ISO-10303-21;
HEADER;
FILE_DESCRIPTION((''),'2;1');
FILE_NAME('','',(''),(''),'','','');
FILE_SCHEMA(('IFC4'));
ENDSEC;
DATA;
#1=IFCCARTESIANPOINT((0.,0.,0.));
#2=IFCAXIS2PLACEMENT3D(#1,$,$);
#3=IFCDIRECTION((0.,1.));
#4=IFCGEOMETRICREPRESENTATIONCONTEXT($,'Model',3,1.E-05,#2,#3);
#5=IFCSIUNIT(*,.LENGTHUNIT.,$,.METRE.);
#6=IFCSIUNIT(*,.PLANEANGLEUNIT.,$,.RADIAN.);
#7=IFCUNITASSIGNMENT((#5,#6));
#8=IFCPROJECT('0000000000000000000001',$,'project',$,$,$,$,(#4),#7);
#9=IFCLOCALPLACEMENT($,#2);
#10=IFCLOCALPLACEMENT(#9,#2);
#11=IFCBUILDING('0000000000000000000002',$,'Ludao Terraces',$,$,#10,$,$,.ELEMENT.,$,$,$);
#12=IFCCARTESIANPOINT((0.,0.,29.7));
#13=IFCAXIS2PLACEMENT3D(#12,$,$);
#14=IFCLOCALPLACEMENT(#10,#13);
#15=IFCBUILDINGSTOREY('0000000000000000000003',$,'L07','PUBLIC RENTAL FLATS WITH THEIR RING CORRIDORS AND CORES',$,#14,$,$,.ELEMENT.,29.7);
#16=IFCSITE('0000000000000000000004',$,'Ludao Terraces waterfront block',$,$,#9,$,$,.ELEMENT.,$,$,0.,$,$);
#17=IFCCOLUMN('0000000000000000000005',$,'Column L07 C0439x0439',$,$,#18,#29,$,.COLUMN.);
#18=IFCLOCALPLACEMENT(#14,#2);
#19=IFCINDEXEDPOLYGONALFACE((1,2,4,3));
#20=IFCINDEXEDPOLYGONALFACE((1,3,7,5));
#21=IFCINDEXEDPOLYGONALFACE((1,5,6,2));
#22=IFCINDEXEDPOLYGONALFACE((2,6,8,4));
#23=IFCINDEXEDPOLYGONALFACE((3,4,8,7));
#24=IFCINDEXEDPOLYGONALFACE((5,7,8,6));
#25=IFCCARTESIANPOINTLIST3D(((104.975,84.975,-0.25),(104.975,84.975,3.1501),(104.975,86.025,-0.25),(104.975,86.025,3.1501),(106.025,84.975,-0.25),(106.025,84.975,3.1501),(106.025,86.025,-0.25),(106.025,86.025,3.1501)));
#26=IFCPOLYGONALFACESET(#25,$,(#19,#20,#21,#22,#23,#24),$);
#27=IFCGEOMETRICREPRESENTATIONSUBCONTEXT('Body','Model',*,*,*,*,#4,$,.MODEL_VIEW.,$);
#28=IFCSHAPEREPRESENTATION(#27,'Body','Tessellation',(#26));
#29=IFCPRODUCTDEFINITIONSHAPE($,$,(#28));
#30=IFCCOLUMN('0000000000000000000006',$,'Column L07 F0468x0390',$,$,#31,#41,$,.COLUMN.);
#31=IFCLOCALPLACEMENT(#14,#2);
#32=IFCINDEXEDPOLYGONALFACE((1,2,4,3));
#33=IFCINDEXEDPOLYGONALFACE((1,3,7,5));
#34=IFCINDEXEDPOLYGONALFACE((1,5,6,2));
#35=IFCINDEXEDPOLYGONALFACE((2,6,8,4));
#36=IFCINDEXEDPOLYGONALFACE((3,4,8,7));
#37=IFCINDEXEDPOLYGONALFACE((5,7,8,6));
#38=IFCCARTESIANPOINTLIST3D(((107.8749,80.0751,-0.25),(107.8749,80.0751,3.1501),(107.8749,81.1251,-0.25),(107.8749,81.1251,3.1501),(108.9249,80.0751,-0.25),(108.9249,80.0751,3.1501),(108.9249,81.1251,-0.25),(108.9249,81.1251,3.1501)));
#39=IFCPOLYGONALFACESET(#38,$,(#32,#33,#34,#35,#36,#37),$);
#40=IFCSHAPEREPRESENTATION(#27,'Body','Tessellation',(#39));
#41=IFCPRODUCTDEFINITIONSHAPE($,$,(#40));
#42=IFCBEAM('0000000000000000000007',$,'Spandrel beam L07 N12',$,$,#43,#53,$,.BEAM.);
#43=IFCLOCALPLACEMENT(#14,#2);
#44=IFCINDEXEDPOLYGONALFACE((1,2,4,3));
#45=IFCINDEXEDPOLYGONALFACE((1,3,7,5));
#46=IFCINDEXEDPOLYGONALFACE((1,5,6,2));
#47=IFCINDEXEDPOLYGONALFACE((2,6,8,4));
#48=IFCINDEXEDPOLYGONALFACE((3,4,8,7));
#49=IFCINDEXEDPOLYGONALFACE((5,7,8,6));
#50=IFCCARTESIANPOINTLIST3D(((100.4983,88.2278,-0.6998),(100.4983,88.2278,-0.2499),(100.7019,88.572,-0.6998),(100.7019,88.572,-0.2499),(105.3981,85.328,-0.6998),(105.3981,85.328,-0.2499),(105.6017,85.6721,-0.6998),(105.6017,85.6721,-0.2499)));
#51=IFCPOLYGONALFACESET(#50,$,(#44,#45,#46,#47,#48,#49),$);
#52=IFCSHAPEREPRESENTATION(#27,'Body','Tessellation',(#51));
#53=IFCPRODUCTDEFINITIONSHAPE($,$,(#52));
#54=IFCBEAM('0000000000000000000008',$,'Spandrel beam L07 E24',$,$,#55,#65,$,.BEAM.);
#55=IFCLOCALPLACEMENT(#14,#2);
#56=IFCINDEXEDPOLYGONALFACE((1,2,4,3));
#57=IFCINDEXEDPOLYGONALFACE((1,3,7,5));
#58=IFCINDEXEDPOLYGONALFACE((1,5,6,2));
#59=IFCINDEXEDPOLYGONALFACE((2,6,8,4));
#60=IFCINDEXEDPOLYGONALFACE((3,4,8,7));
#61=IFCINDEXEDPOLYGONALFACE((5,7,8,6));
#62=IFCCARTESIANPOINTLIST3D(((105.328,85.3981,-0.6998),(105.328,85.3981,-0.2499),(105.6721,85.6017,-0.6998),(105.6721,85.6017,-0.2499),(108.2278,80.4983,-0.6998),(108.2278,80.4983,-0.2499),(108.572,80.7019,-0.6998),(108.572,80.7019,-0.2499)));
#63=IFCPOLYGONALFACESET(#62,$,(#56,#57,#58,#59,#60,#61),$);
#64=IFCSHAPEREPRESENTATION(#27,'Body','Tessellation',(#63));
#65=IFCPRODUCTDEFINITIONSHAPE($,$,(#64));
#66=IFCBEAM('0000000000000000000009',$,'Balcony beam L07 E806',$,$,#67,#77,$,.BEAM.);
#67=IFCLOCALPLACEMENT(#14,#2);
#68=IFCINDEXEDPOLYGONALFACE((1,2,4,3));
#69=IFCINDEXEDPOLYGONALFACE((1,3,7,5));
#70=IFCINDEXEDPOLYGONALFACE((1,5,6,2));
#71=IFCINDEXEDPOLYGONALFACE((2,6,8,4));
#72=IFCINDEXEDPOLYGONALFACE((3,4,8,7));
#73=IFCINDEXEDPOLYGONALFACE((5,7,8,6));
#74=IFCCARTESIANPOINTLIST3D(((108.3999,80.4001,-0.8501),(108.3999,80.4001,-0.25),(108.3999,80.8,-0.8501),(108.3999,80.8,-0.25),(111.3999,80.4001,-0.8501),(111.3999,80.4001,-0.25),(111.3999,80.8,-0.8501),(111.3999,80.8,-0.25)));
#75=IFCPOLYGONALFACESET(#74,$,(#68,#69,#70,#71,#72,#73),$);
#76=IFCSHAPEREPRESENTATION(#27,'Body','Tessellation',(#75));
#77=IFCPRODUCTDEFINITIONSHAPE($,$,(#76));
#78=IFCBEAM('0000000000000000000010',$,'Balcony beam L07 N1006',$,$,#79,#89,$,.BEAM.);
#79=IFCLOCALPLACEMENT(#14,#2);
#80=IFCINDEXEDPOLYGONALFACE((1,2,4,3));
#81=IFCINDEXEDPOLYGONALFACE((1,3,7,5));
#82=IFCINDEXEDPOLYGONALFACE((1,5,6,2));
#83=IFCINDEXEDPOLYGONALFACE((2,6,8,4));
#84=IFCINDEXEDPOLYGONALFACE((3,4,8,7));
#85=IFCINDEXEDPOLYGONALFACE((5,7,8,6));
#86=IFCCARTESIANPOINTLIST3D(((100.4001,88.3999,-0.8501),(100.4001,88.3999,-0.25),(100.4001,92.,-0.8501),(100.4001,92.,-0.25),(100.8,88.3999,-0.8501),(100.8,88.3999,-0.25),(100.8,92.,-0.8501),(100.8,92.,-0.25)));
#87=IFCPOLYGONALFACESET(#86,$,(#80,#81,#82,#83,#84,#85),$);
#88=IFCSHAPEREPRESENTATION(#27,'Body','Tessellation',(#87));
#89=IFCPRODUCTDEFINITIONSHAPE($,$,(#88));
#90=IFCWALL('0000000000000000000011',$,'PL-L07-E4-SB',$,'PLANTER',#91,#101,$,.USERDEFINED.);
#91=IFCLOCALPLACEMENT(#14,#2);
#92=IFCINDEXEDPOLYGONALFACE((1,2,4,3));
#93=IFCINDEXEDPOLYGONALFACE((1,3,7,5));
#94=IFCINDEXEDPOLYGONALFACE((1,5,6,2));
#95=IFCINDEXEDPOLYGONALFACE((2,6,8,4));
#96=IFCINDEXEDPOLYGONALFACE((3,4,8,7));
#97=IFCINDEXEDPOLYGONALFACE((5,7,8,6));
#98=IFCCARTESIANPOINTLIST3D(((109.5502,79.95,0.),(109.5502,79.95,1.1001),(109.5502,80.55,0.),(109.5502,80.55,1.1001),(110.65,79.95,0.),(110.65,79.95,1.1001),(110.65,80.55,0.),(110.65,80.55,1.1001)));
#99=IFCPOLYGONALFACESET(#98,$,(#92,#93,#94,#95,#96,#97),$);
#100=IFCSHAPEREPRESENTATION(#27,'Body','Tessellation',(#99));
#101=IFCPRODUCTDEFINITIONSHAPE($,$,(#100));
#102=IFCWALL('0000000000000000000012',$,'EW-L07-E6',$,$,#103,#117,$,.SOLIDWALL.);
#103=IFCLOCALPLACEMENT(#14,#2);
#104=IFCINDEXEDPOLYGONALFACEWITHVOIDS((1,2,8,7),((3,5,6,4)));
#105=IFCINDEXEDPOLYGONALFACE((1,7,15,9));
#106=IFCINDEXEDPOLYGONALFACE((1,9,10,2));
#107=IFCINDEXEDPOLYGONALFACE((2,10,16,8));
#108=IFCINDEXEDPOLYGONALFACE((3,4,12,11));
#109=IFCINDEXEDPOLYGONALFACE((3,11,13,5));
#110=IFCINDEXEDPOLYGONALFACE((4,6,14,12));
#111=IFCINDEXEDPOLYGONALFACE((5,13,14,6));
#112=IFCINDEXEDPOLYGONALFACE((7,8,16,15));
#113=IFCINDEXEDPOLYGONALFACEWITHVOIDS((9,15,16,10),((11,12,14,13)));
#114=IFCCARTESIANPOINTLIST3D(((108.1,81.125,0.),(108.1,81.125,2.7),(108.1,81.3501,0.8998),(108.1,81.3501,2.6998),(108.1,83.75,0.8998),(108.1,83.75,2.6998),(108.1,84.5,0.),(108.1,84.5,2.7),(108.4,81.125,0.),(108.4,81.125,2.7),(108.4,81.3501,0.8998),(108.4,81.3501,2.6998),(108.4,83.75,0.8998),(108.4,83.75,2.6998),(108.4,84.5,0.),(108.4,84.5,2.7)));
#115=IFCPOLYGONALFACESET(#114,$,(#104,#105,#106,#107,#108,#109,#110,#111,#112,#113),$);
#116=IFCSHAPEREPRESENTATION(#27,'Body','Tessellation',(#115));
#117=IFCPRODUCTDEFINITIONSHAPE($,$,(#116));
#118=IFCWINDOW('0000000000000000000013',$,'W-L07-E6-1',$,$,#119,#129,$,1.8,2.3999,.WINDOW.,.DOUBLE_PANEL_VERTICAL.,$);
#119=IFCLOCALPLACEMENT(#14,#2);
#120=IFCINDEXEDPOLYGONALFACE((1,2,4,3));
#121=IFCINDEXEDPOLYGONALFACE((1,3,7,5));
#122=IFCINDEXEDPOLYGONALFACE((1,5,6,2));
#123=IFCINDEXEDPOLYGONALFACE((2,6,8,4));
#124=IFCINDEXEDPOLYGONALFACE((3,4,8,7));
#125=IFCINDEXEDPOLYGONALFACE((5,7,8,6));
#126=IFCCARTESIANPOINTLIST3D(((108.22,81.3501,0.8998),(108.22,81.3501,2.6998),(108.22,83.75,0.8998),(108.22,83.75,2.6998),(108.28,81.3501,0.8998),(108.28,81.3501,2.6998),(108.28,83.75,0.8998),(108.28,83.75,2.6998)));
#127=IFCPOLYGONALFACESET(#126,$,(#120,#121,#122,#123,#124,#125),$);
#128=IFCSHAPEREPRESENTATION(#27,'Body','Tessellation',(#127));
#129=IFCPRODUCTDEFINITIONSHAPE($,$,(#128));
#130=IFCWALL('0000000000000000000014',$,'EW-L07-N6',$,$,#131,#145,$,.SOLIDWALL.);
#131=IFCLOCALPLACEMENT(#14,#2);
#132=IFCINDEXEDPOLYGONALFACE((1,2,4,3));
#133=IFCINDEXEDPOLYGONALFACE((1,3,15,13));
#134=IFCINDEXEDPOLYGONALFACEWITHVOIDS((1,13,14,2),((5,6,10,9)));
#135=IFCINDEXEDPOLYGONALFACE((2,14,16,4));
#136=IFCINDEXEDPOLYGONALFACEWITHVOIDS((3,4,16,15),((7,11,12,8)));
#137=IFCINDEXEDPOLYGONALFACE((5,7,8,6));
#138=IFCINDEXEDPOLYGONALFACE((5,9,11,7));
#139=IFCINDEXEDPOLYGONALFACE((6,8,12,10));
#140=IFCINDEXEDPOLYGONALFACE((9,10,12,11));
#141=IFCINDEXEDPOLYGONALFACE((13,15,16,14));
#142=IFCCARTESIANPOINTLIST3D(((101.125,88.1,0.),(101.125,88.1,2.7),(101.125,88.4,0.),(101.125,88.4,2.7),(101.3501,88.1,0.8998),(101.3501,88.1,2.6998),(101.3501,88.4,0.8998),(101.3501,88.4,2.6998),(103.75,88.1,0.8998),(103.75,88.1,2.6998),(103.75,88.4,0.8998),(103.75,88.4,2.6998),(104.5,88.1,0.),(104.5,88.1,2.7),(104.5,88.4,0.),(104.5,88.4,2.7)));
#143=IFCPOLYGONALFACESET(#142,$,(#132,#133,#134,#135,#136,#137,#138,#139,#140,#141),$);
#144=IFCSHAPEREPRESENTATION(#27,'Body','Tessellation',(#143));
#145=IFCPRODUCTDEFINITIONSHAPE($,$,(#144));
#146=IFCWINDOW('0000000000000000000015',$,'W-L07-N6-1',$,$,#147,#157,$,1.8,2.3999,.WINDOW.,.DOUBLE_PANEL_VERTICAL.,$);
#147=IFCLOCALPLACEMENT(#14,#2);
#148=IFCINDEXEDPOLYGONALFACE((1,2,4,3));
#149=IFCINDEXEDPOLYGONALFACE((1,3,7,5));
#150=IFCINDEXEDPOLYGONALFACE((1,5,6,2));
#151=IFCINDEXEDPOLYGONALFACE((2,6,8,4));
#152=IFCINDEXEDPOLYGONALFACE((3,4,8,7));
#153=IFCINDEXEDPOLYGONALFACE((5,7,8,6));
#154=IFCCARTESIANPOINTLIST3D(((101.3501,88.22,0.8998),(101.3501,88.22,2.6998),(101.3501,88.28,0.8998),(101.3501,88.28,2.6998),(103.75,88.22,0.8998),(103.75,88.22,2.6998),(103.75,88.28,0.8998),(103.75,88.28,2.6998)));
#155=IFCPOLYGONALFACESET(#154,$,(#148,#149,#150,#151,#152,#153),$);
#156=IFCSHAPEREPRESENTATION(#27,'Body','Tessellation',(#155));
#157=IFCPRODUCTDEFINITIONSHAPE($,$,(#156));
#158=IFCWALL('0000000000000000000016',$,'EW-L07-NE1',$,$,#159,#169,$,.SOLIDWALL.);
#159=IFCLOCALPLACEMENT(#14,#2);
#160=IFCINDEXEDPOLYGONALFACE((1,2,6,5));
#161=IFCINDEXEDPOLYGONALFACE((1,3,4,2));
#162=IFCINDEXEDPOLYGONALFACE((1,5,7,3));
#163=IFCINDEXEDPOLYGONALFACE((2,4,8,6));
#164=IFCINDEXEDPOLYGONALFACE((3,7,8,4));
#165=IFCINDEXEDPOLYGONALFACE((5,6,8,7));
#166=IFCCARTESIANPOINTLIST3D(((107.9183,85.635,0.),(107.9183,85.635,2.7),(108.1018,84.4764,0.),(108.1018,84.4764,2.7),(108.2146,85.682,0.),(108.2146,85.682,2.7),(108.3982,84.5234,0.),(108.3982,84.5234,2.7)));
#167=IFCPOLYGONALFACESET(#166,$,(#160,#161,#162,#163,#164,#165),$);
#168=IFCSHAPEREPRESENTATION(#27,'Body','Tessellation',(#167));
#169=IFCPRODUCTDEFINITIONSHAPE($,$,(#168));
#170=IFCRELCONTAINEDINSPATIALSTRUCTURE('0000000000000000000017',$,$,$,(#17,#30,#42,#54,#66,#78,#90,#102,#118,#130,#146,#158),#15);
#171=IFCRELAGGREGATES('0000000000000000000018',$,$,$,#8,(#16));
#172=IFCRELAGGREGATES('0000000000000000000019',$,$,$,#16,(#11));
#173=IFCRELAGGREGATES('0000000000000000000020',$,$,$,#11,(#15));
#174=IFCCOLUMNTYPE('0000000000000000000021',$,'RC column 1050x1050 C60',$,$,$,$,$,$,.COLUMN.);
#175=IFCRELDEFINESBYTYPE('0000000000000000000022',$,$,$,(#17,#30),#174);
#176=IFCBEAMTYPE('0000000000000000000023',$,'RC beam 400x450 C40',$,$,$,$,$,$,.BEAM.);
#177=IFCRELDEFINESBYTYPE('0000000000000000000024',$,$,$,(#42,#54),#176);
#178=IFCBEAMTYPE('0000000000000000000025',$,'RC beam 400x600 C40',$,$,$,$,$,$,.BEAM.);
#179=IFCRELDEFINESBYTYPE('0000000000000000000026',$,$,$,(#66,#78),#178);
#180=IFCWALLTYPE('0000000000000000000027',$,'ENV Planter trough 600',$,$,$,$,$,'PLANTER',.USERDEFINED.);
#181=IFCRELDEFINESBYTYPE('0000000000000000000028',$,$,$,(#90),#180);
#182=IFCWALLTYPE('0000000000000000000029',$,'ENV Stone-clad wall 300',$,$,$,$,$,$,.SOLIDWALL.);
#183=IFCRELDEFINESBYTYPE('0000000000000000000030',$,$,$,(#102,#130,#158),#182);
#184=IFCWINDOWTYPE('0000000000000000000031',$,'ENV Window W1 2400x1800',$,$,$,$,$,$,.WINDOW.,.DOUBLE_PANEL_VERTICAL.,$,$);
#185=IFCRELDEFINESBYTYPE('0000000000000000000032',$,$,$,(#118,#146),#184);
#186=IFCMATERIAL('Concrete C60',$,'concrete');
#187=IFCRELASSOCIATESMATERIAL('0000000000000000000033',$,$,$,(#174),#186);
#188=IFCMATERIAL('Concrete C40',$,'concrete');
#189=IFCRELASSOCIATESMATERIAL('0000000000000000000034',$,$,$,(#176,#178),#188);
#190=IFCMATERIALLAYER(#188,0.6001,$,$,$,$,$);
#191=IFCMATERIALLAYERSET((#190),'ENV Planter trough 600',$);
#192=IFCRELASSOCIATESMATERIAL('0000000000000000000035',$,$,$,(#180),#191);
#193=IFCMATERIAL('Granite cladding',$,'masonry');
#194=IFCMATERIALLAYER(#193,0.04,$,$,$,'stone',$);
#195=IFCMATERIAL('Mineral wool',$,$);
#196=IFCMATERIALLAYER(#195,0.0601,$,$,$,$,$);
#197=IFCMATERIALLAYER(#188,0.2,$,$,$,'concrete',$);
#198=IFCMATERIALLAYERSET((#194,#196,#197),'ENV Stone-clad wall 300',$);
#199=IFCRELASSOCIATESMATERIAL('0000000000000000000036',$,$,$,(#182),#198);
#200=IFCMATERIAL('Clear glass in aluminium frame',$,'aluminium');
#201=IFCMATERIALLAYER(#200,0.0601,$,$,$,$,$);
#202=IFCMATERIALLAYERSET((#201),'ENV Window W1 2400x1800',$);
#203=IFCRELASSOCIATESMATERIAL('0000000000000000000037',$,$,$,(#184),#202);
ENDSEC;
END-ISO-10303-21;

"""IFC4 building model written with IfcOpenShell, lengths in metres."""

from ifc_helpers import new_model, si_unit, direction, frame, frame_2d, origin, origin_2d, place, context, subcontext, project, spatial, rectangle, extrude, material, layer, layer_set, material_profile, profile_set, type_object, element, fill, save


model = new_model("IFC4")

# Units and contexts
model_context = context("Model", 3, precision=1e-05, world=origin(), true_north=direction((0.0, 1.0)))
body_context = subcontext(model_context, "Body", "Model", "MODEL_VIEW")
ifc_project = project(units=[si_unit("LENGTHUNIT", "METRE"), si_unit("PLANEANGLEUNIT", "RADIAN")], contexts=[model_context])

# Site, building, storey
site_placement = place(None, origin())
site = spatial("IfcSite", under=ifc_project, at=site_placement, Name="Ludao Terraces waterfront block", CompositionType="ELEMENT", RefElevation=0.0)
building_placement = place(site_placement, origin())
building = spatial("IfcBuilding", under=site, at=building_placement, Name="Ludao Terraces", CompositionType="ELEMENT")
storey_placement = place(building_placement, frame((0.0, 0.0, 29.7)))
storey = spatial("IfcBuildingStorey", under=building, at=storey_placement, Name="L07", Description="PUBLIC RENTAL FLATS WITH THEIR RING CORRIDORS AND CORES", CompositionType="ELEMENT", Elevation=29.7)

# Columns
ifc_material_1 = material(Name="Concrete C60", Category="concrete")
ifc_material_profile_1 = material_profile(ifc_material_1, rectangle(XDim=1.05, YDim=1.05, at=origin_2d()), Name="1050 X 1050")
ifc_profile_set_1 = profile_set([ifc_material_profile_1], Name="Concrete C60")
column_type = type_object("IfcColumnType", Name="RC column 1050x1050 C60", PredefinedType="COLUMN", material=ifc_profile_set_1)
for number, where, z_axis, x_axis, name in (
    (1, (105.5, 85.5, -0.25), (0.0, 0.0, 1.0), (1.0, 0.0, 0.0), "Column L07 C0439x0439"),
    (2, (108.3999, 80.6001, -0.25), (0.0, 0.0, 1.0), (1.0, 0.0, 0.0), "Column L07 F0468x0390"),
):
    element("IfcColumn", number, at=place(storey_placement, frame(where, z_axis=z_axis, x_axis=x_axis)), inside=storey, type_object=column_type, Name=name, PredefinedType="COLUMN", context=body_context, shape_type="SweptSolid", body=[
        extrude(rectangle(XDim=1.05, YDim=1.05, at=origin_2d()), origin(), (0.0, 0.0, 1.0), 3.4001),
    ])

# Beams
ifc_material_2 = material(Name="Concrete C40", Category="concrete")
ifc_material_profile_2 = material_profile(ifc_material_2, rectangle(XDim=0.3999, YDim=0.45, at=origin_2d()), Name="400 X 450")
ifc_profile_set_2 = profile_set([ifc_material_profile_2], Name="Concrete C40")
beam_type_1 = type_object("IfcBeamType", Name="RC beam 400x450 C40", PredefinedType="BEAM", material=ifc_profile_set_2)
for number, where, z_axis, x_axis, name in (
    (3, (100.6001, 88.3999, -0.4749), (0.86058, -0.509316, 0.0), (0.509316, 0.86058, 0.0), "Spandrel beam L07 N12"),
    (4, (108.3999, 80.6001, -0.4749), (-0.509316, 0.86058, 0.0), (-0.86058, -0.509316, 0.0), "Spandrel beam L07 E24"),
):
    element("IfcBeam", number, at=place(storey_placement, frame(where, z_axis=z_axis, x_axis=x_axis)), inside=storey, type_object=beam_type_1, Name=name, PredefinedType="BEAM", context=body_context, shape_type="SweptSolid", body=[
        extrude(rectangle(XDim=0.3999, YDim=0.45, at=origin_2d()), origin(), (0.0, 0.0, 1.0), 5.6936),
    ])
ifc_material_profile_3 = material_profile(ifc_material_2, rectangle(XDim=0.3999, YDim=0.6001, at=origin_2d()), Name="400 X 600")
ifc_profile_set_3 = profile_set([ifc_material_profile_3], Name="Concrete C40")
beam_type_2 = type_object("IfcBeamType", Name="RC beam 400x600 C40", PredefinedType="BEAM", material=ifc_profile_set_3)
beam_1_placement = place(storey_placement, frame((108.3999, 80.6001, -0.55), z_axis=(1.0, 0.0, 0.0), x_axis=(0.0, 1.0, 0.0)))
element("IfcBeam", 5, at=beam_1_placement, inside=storey, type_object=beam_type_2, Name="Balcony beam L07 E806", PredefinedType="BEAM", context=body_context, shape_type="SweptSolid", body=[
    extrude(rectangle(XDim=0.3999, YDim=0.6001, at=origin_2d()), origin(), (0.0, 0.0, 1.0), 3.0),
])
beam_2_placement = place(storey_placement, frame((100.6001, 88.3999, -0.55), z_axis=(0.0, 1.0, 0.0), x_axis=(-1.0, 0.0, 0.0)))
element("IfcBeam", 6, at=beam_2_placement, inside=storey, type_object=beam_type_2, Name="Balcony beam L07 N1006", PredefinedType="BEAM", context=body_context, shape_type="SweptSolid", body=[
    extrude(rectangle(XDim=0.3999, YDim=0.6001, at=origin_2d()), origin(), (0.0, 0.0, 1.0), 3.6001),
])

# Wall
ifc_layer_1 = layer(ifc_material_2, 0.6001)
ifc_layer_set_1 = layer_set([ifc_layer_1], Name="ENV Planter trough 600")
wall_type_1 = type_object("IfcWallType", Name="ENV Planter trough 600", ElementType="PLANTER", PredefinedType="USERDEFINED", material=ifc_layer_set_1)
wall_1_placement = place(storey_placement, frame((110.6499, 80.25, 0.0), z_axis=(0.0, 0.0, 1.0), x_axis=(-1.0, 0.0, 0.0)))
element("IfcWall", 7, at=wall_1_placement, inside=storey, type_object=wall_type_1, Name="PL-L07-E4-SB", ObjectType="PLANTER", PredefinedType="USERDEFINED", context=body_context, shape_type="SweptSolid", body=[
    extrude(rectangle(XDim=1.0999, YDim=0.6001, at=frame_2d((0.5498, 0.0))), origin(), (0.0, 0.0, 1.0), 1.1001),
])

# Walls, openings, windows
ifc_material_3 = material(Name="Granite cladding", Category="masonry")
ifc_layer_2 = layer(ifc_material_3, 0.04, Category="stone")
ifc_material_4 = material(Name="Mineral wool")
ifc_layer_3 = layer(ifc_material_4, 0.0601)
ifc_layer_4 = layer(ifc_material_2, 0.2, Category="concrete")
ifc_layer_set_2 = layer_set([ifc_layer_2, ifc_layer_3, ifc_layer_4], Name="ENV Stone-clad wall 300")
wall_type_2 = type_object("IfcWallType", Name="ENV Stone-clad wall 300", PredefinedType="SOLIDWALL", material=ifc_layer_set_2)
wall_2_placement = place(storey_placement, frame((108.25, 81.125, 0.0), z_axis=(0.0, 0.0, 1.0), x_axis=(0.0, 1.0, 0.0)))
wall_2 = element("IfcWall", 8, at=wall_2_placement, inside=storey, type_object=wall_type_2, Name="EW-L07-E6", PredefinedType="SOLIDWALL", context=body_context, shape_type="SweptSolid", body=[
    extrude(rectangle(XDim=3.375, YDim=0.3, at=frame_2d((1.6875, 0.0))), origin(), (0.0, 0.0, 1.0), 2.7),
])
opening_1_placement = place(wall_2_placement, frame((0.2251, 0.0, 0.8999)))
opening_1 = element("IfcOpeningElement", 9, at=opening_1_placement, cuts=wall_2, PredefinedType="OPENING", context=body_context, shape_type="SweptSolid", body=[
    extrude(rectangle(XDim=2.3999, YDim=1.8, at=frame_2d((1.2, 0.8999))), frame((0.0, 0.1602, 0.0), z_axis=(0.0, -1.0, 0.0), x_axis=(1.0, 0.0, 0.0)), (0.0, 0.0, 1.0), 0.3201),
])
ifc_material_5 = material(Name="Clear glass in aluminium frame", Category="aluminium")
ifc_layer_5 = layer(ifc_material_5, 0.0601)
ifc_layer_set_3 = layer_set([ifc_layer_5], Name="ENV Window W1 2400x1800")
window_type_1 = type_object("IfcWindowType", Name="ENV Window W1 2400x1800", PartitioningType="DOUBLE_PANEL_VERTICAL", PredefinedType="WINDOW", material=ifc_layer_set_3)
window_1_placement = place(opening_1_placement, origin())
window_1 = element("IfcWindow", 10, at=window_1_placement, inside=storey, type_object=window_type_1, Name="W-L07-E6-1", OverallHeight=1.8, OverallWidth=2.3999, PartitioningType="DOUBLE_PANEL_VERTICAL", PredefinedType="WINDOW", context=body_context, shape_type="SweptSolid", body=[
    extrude(rectangle(XDim=2.3999, YDim=1.8, at=frame_2d((1.2, 0.8999))), frame((0.0, 0.03, 0.0), z_axis=(0.0, -1.0, 0.0), x_axis=(1.0, 0.0, 0.0)), (0.0, 0.0, 1.0), 0.0601),
])
fill(opening_1, window_1)
wall_3_placement = place(storey_placement, frame((101.125, 88.25, 0.0), z_axis=(0.0, 0.0, 1.0), x_axis=(1.0, 0.0, 0.0)))
wall_3 = element("IfcWall", 11, at=wall_3_placement, inside=storey, type_object=wall_type_2, Name="EW-L07-N6", PredefinedType="SOLIDWALL", context=body_context, shape_type="SweptSolid", body=[
    extrude(rectangle(XDim=3.375, YDim=0.3, at=frame_2d((1.6875, 0.0))), origin(), (0.0, 0.0, 1.0), 2.7),
])
opening_2_placement = place(wall_3_placement, frame((0.2251, 0.0, 0.8999)))
opening_2 = element("IfcOpeningElement", 12, at=opening_2_placement, cuts=wall_3, PredefinedType="OPENING", context=body_context, shape_type="SweptSolid", body=[
    extrude(rectangle(XDim=2.3999, YDim=1.8, at=frame_2d((1.2, 0.8999))), frame((0.0, 0.1602, 0.0), z_axis=(0.0, -1.0, 0.0), x_axis=(1.0, 0.0, 0.0)), (0.0, 0.0, 1.0), 0.3201),
])
window_2_placement = place(opening_2_placement, origin())
window_2 = element("IfcWindow", 13, at=window_2_placement, inside=storey, type_object=window_type_1, Name="W-L07-N6-1", OverallHeight=1.8, OverallWidth=2.3999, PartitioningType="DOUBLE_PANEL_VERTICAL", PredefinedType="WINDOW", context=body_context, shape_type="SweptSolid", body=[
    extrude(rectangle(XDim=2.3999, YDim=1.8, at=frame_2d((1.2, 0.8999))), frame((0.0, 0.03, 0.0), z_axis=(0.0, -1.0, 0.0), x_axis=(1.0, 0.0, 0.0)), (0.0, 0.0, 1.0), 0.0601),
])
fill(opening_2, window_2)

# Wall
wall_4_placement = place(storey_placement, frame((108.25, 84.5, 0.0), z_axis=(0.0, 0.0, 1.0), x_axis=(-0.156497, 0.987678, 0.0)))
element("IfcWall", 14, at=wall_4_placement, inside=storey, type_object=wall_type_2, Name="EW-L07-NE1", PredefinedType="SOLIDWALL", context=body_context, shape_type="SweptSolid", body=[
    extrude(rectangle(XDim=1.1731, YDim=0.3, at=frame_2d((0.5864, 0.0))), origin(), (0.0, 0.0, 1.0), 2.7),
])

save(model, "model.ifc")
